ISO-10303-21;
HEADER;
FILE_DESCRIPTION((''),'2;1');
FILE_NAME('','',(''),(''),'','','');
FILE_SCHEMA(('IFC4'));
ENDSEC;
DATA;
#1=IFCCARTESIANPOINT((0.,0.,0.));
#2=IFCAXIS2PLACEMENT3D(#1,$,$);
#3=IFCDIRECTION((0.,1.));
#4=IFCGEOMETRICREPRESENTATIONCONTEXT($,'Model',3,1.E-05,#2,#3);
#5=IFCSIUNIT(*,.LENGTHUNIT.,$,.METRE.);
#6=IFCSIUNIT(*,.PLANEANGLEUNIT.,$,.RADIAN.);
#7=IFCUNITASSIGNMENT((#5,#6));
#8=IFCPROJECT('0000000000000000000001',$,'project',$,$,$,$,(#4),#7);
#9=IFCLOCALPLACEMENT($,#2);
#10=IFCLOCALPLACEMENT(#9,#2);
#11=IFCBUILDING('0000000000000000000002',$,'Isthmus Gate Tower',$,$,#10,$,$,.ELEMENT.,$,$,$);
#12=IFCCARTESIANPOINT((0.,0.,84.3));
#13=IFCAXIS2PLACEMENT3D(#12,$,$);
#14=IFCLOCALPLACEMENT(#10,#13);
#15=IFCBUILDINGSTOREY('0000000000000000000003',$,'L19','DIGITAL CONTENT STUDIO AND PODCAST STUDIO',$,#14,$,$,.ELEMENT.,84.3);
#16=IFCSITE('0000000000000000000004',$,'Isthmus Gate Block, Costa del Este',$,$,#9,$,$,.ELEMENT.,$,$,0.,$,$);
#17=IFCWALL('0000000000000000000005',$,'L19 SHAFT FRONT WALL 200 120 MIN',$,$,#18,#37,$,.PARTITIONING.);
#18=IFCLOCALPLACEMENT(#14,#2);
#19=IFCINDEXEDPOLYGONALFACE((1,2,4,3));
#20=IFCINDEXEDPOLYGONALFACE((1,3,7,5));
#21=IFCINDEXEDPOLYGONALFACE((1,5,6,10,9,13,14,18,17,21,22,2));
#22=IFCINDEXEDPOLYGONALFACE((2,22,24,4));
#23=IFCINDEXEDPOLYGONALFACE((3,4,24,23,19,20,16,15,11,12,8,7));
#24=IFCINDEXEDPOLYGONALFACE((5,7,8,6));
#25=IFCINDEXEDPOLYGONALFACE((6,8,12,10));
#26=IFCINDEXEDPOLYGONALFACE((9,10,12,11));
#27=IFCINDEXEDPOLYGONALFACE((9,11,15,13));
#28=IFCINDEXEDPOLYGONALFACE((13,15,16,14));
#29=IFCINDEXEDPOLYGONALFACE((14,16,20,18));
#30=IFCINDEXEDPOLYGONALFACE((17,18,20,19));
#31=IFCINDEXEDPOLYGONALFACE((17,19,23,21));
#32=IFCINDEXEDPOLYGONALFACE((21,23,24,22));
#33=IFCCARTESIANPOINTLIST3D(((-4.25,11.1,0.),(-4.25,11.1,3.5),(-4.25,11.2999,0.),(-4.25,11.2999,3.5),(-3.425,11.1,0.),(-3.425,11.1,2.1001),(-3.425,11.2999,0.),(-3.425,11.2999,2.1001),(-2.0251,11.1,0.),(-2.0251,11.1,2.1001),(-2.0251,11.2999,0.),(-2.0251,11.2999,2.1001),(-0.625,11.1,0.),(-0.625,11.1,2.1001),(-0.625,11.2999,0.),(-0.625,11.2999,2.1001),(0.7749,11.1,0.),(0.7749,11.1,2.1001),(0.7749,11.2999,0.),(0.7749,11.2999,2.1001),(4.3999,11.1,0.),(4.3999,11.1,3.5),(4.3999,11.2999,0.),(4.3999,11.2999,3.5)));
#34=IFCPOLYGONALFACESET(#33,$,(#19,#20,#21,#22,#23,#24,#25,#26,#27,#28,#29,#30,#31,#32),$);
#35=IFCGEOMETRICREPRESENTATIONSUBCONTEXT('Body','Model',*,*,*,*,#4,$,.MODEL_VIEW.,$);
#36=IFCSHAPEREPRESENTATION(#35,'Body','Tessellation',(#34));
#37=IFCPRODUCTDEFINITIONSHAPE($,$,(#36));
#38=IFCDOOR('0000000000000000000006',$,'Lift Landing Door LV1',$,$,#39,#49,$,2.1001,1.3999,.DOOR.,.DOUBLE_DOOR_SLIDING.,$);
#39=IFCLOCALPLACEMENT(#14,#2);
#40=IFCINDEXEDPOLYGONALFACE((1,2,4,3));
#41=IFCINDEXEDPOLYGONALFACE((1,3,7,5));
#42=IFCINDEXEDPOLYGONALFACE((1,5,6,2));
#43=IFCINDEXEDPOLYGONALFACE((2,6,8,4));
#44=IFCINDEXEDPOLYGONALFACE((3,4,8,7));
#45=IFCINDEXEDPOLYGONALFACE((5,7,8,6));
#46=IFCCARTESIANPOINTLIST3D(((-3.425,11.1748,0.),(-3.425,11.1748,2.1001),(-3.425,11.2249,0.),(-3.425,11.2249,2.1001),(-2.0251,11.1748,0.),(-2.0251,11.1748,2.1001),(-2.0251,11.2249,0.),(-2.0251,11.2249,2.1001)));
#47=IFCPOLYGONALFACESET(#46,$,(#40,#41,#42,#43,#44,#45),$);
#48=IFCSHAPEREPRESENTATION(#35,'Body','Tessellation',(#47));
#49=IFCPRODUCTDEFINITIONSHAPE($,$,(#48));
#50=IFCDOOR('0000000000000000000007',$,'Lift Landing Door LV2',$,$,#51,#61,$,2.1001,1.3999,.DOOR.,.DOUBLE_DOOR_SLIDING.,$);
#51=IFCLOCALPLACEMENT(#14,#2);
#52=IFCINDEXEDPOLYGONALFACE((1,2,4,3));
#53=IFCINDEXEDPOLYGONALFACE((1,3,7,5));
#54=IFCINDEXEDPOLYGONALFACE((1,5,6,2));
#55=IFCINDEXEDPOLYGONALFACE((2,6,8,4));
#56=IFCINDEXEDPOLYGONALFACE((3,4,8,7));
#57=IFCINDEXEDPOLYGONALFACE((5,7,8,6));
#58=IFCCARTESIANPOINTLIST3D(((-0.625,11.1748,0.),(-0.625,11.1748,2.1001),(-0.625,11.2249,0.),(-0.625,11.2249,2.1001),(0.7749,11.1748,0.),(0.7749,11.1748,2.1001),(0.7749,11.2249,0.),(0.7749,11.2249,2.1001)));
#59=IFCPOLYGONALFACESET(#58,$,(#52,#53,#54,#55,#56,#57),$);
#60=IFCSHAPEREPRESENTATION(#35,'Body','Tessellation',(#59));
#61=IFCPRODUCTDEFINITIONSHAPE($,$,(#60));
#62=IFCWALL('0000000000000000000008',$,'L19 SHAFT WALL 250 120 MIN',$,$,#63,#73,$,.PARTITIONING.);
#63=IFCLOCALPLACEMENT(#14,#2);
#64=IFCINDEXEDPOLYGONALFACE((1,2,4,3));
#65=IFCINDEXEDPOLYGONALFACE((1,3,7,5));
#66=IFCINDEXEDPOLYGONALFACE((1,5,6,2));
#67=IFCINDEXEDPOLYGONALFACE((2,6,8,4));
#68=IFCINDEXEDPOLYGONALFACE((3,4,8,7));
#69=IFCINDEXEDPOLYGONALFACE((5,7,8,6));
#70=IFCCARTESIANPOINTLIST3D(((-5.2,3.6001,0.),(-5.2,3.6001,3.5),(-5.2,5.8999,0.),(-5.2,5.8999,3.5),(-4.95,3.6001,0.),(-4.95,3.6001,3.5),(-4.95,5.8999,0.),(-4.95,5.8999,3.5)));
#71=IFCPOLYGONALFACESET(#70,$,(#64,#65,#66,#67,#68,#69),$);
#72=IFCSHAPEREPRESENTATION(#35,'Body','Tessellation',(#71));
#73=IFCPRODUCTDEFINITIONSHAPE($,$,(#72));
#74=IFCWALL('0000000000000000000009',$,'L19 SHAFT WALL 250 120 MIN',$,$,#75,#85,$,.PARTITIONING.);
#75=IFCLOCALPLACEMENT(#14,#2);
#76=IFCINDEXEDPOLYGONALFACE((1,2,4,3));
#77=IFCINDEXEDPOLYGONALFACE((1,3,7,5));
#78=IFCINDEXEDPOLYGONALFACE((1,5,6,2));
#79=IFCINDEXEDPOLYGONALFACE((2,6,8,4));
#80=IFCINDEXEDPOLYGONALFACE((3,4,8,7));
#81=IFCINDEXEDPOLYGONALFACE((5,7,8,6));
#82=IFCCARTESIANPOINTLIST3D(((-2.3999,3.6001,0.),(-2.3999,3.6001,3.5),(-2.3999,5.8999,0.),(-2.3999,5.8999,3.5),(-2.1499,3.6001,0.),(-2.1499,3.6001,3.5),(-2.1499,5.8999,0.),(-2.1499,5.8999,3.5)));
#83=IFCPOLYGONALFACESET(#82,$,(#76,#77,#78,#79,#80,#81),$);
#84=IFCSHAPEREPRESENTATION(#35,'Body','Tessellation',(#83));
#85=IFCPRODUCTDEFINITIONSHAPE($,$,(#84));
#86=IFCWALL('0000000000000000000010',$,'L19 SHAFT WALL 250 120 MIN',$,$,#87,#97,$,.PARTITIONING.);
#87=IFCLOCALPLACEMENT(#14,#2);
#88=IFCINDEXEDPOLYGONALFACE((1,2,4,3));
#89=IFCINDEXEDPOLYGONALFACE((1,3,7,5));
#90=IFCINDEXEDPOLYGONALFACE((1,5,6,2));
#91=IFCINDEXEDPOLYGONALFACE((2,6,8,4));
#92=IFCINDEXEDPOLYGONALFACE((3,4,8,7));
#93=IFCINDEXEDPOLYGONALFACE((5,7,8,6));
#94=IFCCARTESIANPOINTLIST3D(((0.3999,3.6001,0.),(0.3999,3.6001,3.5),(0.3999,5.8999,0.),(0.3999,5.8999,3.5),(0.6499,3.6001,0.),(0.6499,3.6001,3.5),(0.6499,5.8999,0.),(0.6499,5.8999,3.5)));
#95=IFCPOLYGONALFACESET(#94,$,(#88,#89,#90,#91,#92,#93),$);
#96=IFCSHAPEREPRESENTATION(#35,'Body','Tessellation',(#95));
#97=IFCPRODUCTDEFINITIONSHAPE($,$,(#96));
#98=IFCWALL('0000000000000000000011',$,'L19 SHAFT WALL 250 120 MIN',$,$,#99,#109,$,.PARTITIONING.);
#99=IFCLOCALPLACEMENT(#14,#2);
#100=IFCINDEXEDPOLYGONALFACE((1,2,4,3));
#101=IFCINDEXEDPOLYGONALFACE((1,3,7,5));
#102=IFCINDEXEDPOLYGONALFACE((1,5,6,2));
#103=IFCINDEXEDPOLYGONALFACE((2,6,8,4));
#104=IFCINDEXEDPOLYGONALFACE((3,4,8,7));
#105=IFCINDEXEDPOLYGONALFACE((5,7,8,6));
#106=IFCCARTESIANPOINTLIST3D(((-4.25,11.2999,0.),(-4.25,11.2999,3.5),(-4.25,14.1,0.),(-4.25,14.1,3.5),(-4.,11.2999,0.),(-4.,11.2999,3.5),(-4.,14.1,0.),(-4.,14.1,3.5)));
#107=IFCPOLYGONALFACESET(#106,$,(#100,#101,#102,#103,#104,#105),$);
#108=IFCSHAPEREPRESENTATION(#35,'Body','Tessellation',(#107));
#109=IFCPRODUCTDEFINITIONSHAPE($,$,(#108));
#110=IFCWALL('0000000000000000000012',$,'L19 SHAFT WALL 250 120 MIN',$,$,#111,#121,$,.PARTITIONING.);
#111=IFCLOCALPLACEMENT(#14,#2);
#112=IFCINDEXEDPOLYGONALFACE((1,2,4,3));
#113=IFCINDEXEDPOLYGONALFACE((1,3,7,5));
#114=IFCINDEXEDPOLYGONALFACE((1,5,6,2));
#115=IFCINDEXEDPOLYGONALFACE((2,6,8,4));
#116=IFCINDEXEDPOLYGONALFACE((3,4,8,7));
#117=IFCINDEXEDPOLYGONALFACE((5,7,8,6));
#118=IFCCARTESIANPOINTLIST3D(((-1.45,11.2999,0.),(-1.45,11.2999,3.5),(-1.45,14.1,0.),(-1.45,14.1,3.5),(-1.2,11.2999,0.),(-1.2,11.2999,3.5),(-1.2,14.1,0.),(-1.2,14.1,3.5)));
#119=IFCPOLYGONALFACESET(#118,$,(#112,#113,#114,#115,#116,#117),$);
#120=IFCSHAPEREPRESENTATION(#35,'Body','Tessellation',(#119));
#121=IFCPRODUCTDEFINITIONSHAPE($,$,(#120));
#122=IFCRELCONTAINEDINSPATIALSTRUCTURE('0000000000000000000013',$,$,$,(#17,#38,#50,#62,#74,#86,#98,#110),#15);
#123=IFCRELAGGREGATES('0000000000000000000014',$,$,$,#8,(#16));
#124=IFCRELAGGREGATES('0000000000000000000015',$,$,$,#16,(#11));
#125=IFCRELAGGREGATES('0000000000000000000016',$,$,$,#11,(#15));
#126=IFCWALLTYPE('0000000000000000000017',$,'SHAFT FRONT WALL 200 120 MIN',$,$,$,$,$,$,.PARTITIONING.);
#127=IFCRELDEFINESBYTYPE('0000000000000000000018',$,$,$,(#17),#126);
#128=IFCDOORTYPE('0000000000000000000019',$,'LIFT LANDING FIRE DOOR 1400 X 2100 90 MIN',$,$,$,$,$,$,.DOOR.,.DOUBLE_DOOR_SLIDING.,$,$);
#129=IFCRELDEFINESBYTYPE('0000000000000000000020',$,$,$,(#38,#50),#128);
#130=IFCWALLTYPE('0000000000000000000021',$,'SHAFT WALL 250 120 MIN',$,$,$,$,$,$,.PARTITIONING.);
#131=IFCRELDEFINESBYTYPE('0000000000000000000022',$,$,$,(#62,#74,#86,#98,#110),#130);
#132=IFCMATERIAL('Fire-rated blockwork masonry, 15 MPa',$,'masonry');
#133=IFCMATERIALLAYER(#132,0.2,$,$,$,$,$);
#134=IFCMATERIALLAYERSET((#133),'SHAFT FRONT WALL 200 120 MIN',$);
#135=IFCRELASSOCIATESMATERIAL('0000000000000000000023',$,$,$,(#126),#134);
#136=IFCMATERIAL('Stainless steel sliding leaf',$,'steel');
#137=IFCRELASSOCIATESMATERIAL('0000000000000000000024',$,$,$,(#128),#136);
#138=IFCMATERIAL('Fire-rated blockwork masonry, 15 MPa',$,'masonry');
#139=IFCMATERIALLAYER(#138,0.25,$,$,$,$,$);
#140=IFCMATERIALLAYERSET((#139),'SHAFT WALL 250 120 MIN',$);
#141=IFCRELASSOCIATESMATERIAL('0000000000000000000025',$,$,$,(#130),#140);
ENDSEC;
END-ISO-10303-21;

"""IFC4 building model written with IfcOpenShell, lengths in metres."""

from ifc_helpers import new_model, si_unit, direction, frame, frame_2d, origin, place, context, subcontext, project, spatial, rectangle, extrude, material, layer, layer_set, type_object, element, fill, save


model = new_model("IFC4")

# Units and contexts
model_context = context("Model", 3, precision=1e-05, world=origin(), true_north=direction((0.0, 1.0)))
body_context = subcontext(model_context, "Body", "Model", "MODEL_VIEW")
ifc_project = project(units=[si_unit("LENGTHUNIT", "METRE"), si_unit("PLANEANGLEUNIT", "RADIAN")], contexts=[model_context])

# Site, building, storey
site_placement = place(None, origin())
site = spatial("IfcSite", under=ifc_project, at=site_placement, Name="Isthmus Gate Block, Costa del Este", CompositionType="ELEMENT", RefElevation=0.0)
building_placement = place(site_placement, origin())
building = spatial("IfcBuilding", under=site, at=building_placement, Name="Isthmus Gate Tower", CompositionType="ELEMENT")
storey_placement = place(building_placement, frame((0.0, 0.0, 84.3)))
storey = spatial("IfcBuildingStorey", under=building, at=storey_placement, Name="L19", Description="DIGITAL CONTENT STUDIO AND PODCAST STUDIO", CompositionType="ELEMENT", Elevation=84.3)

# Wall, openings, doors
ifc_material_1 = material(Name="Fire-rated blockwork masonry, 15 MPa", Category="masonry")
ifc_layer_1 = layer(ifc_material_1, 0.2)
ifc_layer_set_1 = layer_set([ifc_layer_1], Name="SHAFT FRONT WALL 200 120 MIN")
wall_type_1 = type_object("IfcWallType", Name="SHAFT FRONT WALL 200 120 MIN", PredefinedType="PARTITIONING", material=ifc_layer_set_1)
wall_1_placement = place(storey_placement, frame((-4.25, 11.2, 0.0), z_axis=(0.0, 0.0, 1.0), x_axis=(1.0, 0.0, 0.0)))
wall_1 = element("IfcWall", 1, at=wall_1_placement, inside=storey, type_object=wall_type_1, Name="L19 SHAFT FRONT WALL 200 120 MIN", PredefinedType="PARTITIONING", context=body_context, shape_type="SweptSolid", body=[
    extrude(rectangle(XDim=8.6499, YDim=0.2, at=frame_2d((4.325, 0.0))), origin(), (0.0, 0.0, 1.0), 3.5),
])
opening_1_placement = place(wall_1_placement, frame((0.825, 0.0, 0.0)))
opening_1 = element("IfcOpeningElement", 2, at=opening_1_placement, cuts=wall_1, PredefinedType="OPENING", context=body_context, shape_type="SweptSolid", body=[
    extrude(rectangle(XDim=1.3999, YDim=2.1001, at=frame_2d((0.7, 1.05))), frame((0.0, 0.1099, 0.0), z_axis=(0.0, -1.0, 0.0), x_axis=(1.0, 0.0, 0.0)), (0.0, 0.0, 1.0), 0.22),
])
opening_2_placement = place(wall_1_placement, frame((3.625, 0.0, 0.0)))
opening_2 = element("IfcOpeningElement", 3, at=opening_2_placement, cuts=wall_1, PredefinedType="OPENING", context=body_context, shape_type="SweptSolid", body=[
    extrude(rectangle(XDim=1.3999, YDim=2.1001, at=frame_2d((0.7, 1.05))), frame((0.0, 0.1099, 0.0), z_axis=(0.0, -1.0, 0.0), x_axis=(1.0, 0.0, 0.0)), (0.0, 0.0, 1.0), 0.22),
])
ifc_material_2 = material(Name="Stainless steel sliding leaf", Category="steel")
door_type_1 = type_object("IfcDoorType", Name="LIFT LANDING FIRE DOOR 1400 X 2100 90 MIN", OperationType="DOUBLE_DOOR_SLIDING", PredefinedType="DOOR", material=ifc_material_2)
door_1_placement = place(opening_1_placement, origin())
door_1 = element("IfcDoor", 4, at=door_1_placement, inside=storey, type_object=door_type_1, Name="Lift Landing Door LV1", OperationType="DOUBLE_DOOR_SLIDING", OverallHeight=2.1001, OverallWidth=1.3999, PredefinedType="DOOR", context=body_context, shape_type="SweptSolid", body=[
    extrude(rectangle(XDim=1.3999, YDim=2.1001, at=frame_2d((0.7, 1.05))), frame((0.0, 0.0249, 0.0), z_axis=(0.0, -1.0, 0.0), x_axis=(1.0, 0.0, 0.0)), (0.0, 0.0, 1.0), 0.05),
])
fill(opening_1, door_1)
door_2_placement = place(opening_2_placement, origin())
door_2 = element("IfcDoor", 5, at=door_2_placement, inside=storey, type_object=door_type_1, Name="Lift Landing Door LV2", OperationType="DOUBLE_DOOR_SLIDING", OverallHeight=2.1001, OverallWidth=1.3999, PredefinedType="DOOR", context=body_context, shape_type="SweptSolid", body=[
    extrude(rectangle(XDim=1.3999, YDim=2.1001, at=frame_2d((0.7, 1.05))), frame((0.0, 0.0249, 0.0), z_axis=(0.0, -1.0, 0.0), x_axis=(1.0, 0.0, 0.0)), (0.0, 0.0, 1.0), 0.05),
])
fill(opening_2, door_2)

# Walls
ifc_material_3 = material(Name="Fire-rated blockwork masonry, 15 MPa", Category="masonry")
ifc_layer_2 = layer(ifc_material_3, 0.25)
ifc_layer_set_2 = layer_set([ifc_layer_2], Name="SHAFT WALL 250 120 MIN")
wall_type_2 = type_object("IfcWallType", Name="SHAFT WALL 250 120 MIN", PredefinedType="PARTITIONING", material=ifc_layer_set_2)
for number, where, z_axis, x_axis, name in (
    (6, (-5.075, 3.6001, 0.0), (0.0, 0.0, 1.0), (0.0, 1.0, 0.0), "L19 SHAFT WALL 250 120 MIN"),
    (7, (-2.2749, 3.6001, 0.0), (0.0, 0.0, 1.0), (0.0, 1.0, 0.0), "L19 SHAFT WALL 250 120 MIN"),
    (8, (0.5249, 3.6001, 0.0), (0.0, 0.0, 1.0), (0.0, 1.0, 0.0), "L19 SHAFT WALL 250 120 MIN"),
):
    element("IfcWall", number, at=place(storey_placement, frame(where, z_axis=z_axis, x_axis=x_axis)), inside=storey, type_object=wall_type_2, Name=name, PredefinedType="PARTITIONING", context=body_context, shape_type="SweptSolid", body=[
        extrude(rectangle(XDim=2.2998, YDim=0.25, at=frame_2d((1.1499, 0.0))), origin(), (0.0, 0.0, 1.0), 3.5),
    ])
for number, where, z_axis, x_axis, name in (
    (9, (-4.125, 11.3, 0.0), (0.0, 0.0, 1.0), (0.0, 1.0, 0.0), "L19 SHAFT WALL 250 120 MIN"),
    (10, (-1.325, 11.3, 0.0), (0.0, 0.0, 1.0), (0.0, 1.0, 0.0), "L19 SHAFT WALL 250 120 MIN"),
):
    element("IfcWall", number, at=place(storey_placement, frame(where, z_axis=z_axis, x_axis=x_axis)), inside=storey, type_object=wall_type_2, Name=name, PredefinedType="PARTITIONING", context=body_context, shape_type="SweptSolid", body=[
        extrude(rectangle(XDim=2.8, YDim=0.25, at=frame_2d((1.3999, 0.0))), origin(), (0.0, 0.0, 1.0), 3.5),
    ])

save(model, "model.ifc")
